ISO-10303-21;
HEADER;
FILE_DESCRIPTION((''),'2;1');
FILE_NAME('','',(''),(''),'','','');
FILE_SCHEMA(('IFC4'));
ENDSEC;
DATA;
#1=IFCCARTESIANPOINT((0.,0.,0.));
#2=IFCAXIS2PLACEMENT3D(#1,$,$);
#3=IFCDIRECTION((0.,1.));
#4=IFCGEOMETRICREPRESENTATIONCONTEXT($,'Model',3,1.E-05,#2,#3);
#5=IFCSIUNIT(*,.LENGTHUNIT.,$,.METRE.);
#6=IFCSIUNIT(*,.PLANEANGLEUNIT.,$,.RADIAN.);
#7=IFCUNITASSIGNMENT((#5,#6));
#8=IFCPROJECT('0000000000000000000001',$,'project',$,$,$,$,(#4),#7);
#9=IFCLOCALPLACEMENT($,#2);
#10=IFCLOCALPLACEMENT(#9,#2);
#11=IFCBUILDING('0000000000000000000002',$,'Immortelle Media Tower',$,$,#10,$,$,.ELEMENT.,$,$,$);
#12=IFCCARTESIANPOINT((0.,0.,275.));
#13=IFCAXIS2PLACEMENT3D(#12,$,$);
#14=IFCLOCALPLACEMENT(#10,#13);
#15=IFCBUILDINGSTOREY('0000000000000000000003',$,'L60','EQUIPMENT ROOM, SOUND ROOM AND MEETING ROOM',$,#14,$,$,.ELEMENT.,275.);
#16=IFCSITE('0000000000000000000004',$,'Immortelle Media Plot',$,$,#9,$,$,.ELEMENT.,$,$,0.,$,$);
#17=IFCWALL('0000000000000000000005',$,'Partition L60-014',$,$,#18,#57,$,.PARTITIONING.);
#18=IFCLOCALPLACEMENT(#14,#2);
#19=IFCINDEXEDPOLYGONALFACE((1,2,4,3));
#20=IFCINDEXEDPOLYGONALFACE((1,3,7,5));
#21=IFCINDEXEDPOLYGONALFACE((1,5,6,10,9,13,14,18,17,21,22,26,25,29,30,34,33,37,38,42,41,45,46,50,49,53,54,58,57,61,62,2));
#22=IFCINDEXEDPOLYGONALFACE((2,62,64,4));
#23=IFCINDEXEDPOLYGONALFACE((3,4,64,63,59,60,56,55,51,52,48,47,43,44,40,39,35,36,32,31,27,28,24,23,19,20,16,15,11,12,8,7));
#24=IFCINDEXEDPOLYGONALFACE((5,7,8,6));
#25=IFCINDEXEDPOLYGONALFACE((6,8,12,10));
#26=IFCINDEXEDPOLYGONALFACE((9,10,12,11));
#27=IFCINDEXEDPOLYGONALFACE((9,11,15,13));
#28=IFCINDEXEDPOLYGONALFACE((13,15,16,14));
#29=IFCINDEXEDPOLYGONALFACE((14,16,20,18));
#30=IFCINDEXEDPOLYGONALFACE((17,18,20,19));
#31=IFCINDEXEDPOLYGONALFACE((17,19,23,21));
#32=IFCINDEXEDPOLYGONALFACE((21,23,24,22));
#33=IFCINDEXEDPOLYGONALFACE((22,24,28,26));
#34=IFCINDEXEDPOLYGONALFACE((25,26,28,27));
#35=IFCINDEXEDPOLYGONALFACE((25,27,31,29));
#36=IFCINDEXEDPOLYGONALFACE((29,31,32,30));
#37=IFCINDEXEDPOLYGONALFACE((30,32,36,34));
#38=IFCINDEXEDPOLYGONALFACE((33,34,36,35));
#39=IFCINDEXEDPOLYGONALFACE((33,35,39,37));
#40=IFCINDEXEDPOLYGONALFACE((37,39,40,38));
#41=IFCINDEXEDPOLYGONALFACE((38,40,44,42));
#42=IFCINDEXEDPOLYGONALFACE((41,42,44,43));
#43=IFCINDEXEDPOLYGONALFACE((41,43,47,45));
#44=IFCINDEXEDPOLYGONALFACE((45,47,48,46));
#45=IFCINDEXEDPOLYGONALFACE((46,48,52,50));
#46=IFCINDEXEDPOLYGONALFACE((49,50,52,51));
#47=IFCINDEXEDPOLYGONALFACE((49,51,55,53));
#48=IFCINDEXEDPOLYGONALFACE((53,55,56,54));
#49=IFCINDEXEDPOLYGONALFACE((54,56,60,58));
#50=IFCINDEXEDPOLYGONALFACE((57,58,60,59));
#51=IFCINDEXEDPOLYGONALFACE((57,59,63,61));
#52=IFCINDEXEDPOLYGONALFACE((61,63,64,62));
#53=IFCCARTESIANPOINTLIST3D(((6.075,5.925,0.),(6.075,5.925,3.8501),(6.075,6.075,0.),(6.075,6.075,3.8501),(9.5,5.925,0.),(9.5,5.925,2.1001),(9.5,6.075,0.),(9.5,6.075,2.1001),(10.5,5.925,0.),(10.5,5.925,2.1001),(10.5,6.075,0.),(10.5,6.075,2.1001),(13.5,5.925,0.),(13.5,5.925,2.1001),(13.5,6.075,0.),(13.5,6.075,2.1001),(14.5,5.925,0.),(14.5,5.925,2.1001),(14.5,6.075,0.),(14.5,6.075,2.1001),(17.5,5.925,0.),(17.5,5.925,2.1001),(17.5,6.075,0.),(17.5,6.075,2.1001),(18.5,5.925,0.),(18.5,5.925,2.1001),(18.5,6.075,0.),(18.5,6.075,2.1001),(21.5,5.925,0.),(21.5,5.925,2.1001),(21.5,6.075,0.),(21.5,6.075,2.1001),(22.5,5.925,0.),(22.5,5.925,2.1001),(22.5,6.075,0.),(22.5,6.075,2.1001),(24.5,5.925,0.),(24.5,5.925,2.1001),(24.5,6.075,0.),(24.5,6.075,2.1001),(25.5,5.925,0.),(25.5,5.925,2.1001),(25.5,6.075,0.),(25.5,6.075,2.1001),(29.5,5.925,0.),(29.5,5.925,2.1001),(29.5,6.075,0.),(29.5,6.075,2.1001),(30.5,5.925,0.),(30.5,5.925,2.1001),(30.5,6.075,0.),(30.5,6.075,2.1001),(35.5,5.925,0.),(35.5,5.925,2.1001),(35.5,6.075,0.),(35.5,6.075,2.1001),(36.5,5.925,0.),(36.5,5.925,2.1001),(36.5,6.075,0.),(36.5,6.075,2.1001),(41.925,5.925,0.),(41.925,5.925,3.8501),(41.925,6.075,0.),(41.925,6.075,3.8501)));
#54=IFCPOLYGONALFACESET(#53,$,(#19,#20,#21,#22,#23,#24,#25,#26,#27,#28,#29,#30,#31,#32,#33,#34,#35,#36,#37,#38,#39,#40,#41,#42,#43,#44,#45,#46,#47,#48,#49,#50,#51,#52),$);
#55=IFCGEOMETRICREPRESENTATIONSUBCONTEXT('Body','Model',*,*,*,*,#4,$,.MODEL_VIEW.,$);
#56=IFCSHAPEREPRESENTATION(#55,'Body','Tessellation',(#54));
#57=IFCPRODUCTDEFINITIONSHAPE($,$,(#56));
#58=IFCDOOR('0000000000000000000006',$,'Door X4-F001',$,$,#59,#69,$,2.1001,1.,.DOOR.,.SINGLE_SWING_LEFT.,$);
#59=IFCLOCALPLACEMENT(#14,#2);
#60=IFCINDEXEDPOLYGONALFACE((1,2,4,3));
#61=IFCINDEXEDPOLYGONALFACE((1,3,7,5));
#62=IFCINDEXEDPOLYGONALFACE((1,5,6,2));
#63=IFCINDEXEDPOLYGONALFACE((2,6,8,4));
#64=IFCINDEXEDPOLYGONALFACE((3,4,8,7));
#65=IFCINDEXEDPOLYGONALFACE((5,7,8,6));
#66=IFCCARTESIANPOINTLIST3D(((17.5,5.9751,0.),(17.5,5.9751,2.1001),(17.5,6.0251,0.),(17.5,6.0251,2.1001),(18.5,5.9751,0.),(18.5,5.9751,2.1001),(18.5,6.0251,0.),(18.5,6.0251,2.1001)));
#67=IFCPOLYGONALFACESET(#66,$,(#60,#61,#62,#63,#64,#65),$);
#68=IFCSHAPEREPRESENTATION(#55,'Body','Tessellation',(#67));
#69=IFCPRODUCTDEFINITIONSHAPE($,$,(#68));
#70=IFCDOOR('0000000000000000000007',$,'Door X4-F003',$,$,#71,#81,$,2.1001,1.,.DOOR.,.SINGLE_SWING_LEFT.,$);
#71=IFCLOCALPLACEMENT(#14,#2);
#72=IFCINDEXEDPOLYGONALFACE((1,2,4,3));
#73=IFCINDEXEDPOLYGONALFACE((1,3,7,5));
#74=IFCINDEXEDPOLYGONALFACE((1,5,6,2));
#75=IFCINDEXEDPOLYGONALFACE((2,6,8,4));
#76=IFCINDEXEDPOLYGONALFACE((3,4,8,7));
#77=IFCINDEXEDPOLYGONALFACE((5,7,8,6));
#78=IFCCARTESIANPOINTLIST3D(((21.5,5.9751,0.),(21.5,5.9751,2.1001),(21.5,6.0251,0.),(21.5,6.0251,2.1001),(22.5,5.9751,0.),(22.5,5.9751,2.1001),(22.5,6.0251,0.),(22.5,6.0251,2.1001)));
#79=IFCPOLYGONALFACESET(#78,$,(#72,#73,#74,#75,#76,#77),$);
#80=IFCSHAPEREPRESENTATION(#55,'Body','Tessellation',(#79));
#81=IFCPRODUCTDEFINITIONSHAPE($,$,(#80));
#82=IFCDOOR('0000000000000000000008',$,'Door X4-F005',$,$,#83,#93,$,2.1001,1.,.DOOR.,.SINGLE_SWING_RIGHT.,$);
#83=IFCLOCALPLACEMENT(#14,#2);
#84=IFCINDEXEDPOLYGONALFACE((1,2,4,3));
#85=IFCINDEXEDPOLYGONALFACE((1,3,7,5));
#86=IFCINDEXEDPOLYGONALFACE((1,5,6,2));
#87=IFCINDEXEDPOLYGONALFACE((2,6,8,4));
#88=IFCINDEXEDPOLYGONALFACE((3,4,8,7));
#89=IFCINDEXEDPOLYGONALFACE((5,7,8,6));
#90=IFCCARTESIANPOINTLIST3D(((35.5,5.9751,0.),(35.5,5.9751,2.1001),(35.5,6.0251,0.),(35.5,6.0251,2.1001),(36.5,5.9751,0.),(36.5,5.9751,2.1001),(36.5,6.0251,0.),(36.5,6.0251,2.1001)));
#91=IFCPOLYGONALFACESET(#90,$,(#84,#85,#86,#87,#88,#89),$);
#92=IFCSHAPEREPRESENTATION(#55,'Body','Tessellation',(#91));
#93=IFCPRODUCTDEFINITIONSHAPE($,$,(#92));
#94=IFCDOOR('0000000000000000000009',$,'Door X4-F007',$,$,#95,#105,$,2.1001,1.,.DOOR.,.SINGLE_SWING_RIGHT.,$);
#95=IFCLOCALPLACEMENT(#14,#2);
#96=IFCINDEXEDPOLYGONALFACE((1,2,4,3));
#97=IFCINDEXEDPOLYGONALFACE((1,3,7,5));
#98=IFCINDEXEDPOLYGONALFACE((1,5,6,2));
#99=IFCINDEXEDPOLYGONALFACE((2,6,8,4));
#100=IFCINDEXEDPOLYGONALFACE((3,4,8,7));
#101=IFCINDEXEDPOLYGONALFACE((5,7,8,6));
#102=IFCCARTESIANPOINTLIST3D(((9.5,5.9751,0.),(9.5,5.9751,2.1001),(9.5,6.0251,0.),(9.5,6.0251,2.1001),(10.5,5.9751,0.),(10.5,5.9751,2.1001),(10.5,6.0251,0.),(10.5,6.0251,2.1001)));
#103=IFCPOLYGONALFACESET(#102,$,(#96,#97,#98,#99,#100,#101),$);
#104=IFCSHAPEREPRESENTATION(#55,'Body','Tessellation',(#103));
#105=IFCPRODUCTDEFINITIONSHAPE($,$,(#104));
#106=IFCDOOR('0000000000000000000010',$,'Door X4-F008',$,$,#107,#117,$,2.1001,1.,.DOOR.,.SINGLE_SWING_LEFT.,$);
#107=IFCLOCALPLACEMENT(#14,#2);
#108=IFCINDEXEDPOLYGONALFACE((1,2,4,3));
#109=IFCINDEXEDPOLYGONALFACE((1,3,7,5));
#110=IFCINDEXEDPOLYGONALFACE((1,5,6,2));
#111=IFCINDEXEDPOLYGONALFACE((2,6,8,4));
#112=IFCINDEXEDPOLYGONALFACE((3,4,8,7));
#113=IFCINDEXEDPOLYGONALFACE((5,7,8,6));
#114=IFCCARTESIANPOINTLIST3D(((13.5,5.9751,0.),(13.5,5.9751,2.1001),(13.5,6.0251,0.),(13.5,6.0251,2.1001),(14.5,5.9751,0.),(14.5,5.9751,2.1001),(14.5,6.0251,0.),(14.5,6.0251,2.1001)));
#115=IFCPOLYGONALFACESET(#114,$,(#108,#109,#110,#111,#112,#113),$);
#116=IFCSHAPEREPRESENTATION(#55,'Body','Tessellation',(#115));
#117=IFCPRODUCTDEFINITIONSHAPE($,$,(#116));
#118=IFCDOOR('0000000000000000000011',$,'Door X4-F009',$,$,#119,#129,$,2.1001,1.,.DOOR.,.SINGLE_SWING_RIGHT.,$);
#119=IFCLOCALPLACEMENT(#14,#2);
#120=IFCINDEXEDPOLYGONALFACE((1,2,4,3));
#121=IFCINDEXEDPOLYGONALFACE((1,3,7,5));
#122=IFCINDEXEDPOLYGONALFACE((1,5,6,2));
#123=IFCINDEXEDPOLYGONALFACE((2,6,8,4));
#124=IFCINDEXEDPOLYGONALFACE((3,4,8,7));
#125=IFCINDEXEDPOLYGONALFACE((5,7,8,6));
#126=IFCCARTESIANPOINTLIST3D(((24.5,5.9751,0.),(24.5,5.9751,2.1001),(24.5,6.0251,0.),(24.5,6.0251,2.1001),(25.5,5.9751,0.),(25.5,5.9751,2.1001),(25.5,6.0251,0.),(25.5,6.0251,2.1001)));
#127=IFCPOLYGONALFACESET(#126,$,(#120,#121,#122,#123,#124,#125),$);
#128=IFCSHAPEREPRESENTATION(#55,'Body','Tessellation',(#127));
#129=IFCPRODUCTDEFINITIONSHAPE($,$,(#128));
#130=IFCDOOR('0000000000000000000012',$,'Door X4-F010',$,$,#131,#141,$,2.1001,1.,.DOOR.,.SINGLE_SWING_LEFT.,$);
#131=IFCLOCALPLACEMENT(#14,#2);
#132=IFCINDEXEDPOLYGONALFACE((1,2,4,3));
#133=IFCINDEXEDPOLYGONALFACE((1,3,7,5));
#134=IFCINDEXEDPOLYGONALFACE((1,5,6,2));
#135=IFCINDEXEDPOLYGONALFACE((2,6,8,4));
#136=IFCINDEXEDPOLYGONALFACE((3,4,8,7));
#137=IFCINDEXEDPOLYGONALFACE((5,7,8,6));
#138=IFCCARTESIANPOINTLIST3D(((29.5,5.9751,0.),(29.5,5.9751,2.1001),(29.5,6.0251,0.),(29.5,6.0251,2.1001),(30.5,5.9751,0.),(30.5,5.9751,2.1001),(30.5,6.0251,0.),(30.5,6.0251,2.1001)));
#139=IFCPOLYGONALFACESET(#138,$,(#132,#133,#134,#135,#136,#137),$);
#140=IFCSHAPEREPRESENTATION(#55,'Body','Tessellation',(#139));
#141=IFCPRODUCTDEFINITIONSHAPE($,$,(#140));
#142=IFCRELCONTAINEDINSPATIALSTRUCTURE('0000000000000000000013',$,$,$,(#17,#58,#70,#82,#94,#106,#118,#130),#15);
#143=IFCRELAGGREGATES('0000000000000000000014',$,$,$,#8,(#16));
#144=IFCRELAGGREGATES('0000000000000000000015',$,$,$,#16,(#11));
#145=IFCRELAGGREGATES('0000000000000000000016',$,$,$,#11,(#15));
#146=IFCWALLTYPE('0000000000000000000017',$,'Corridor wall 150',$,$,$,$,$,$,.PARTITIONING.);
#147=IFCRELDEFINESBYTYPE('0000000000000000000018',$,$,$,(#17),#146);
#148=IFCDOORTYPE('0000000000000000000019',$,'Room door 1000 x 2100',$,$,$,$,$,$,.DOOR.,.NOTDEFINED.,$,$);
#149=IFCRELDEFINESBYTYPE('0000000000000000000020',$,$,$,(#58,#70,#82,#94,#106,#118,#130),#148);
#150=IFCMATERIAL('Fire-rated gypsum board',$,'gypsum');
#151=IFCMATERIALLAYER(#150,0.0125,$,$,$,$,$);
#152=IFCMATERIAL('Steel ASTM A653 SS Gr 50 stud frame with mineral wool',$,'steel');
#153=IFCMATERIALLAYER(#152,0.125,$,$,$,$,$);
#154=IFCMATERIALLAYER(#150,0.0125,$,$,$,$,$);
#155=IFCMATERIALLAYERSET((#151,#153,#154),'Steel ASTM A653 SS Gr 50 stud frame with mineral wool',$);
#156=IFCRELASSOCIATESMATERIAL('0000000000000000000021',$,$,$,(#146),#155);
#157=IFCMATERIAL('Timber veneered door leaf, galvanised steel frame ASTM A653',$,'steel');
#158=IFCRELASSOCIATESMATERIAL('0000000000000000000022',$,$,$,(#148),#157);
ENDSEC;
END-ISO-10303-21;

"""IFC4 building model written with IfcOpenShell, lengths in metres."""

from ifc_helpers import new_model, si_unit, direction, frame, frame_2d, origin, place, context, subcontext, project, spatial, rectangle, extrude, material, layer, layer_set, type_object, element, fill, save


model = new_model("IFC4")

# Units and contexts
model_context = context("Model", 3, precision=1e-05, world=origin(), true_north=direction((0.0, 1.0)))
body_context = subcontext(model_context, "Body", "Model", "MODEL_VIEW")
ifc_project = project(units=[si_unit("LENGTHUNIT", "METRE"), si_unit("PLANEANGLEUNIT", "RADIAN")], contexts=[model_context])

# Site, building, storey
site_placement = place(None, origin())
site = spatial("IfcSite", under=ifc_project, at=site_placement, Name="Immortelle Media Plot", CompositionType="ELEMENT", RefElevation=0.0)
building_placement = place(site_placement, origin())
building = spatial("IfcBuilding", under=site, at=building_placement, Name="Immortelle Media Tower", CompositionType="ELEMENT")
storey_placement = place(building_placement, frame((0.0, 0.0, 275.0)))
storey = spatial("IfcBuildingStorey", under=building, at=storey_placement, Name="L60", Description="EQUIPMENT ROOM, SOUND ROOM AND MEETING ROOM", CompositionType="ELEMENT", Elevation=275.0)

# Wall, openings, doors
ifc_material_1 = material(Name="Fire-rated gypsum board", Category="gypsum")
ifc_layer_1 = layer(ifc_material_1, 0.0125)
ifc_material_2 = material(Name="Steel ASTM A653 SS Gr 50 stud frame with mineral wool", Category="steel")
ifc_layer_2 = layer(ifc_material_2, 0.125)
ifc_layer_3 = layer(ifc_material_1, 0.0125)
ifc_layer_set_1 = layer_set([ifc_layer_1, ifc_layer_2, ifc_layer_3], Name="Steel ASTM A653 SS Gr 50 stud frame with mineral wool")
wall_type_1 = type_object("IfcWallType", Name="Corridor wall 150", PredefinedType="PARTITIONING", material=ifc_layer_set_1)
wall_1_placement = place(storey_placement, frame((6.075, 6.0, 0.0), z_axis=(0.0, 0.0, 1.0), x_axis=(1.0, 0.0, 0.0)))
wall_1 = element("IfcWall", 1, at=wall_1_placement, inside=storey, type_object=wall_type_1, Name="Partition L60-014", PredefinedType="PARTITIONING", context=body_context, shape_type="SweptSolid", body=[
    extrude(rectangle(XDim=35.8501, YDim=0.1499, at=frame_2d((17.925, 0.0))), origin(), (0.0, 0.0, 1.0), 3.8501),
])
opening_1_placement = place(wall_1_placement, frame((12.425, 0.0, 0.0), z_axis=(0.0, 0.0, 1.0), x_axis=(-1.0, 0.0, 0.0)))
opening_1 = element("IfcOpeningElement", 2, at=opening_1_placement, cuts=wall_1, PredefinedType="OPENING", context=body_context, shape_type="SweptSolid", body=[
    extrude(rectangle(XDim=1.0, YDim=2.1001, at=frame_2d((0.5, 1.05))), frame((0.0, 0.085, 0.0), z_axis=(0.0, -1.0, 0.0), x_axis=(1.0, 0.0, 0.0)), (0.0, 0.0, 1.0), 0.1699),
])
opening_2_placement = place(wall_1_placement, frame((16.425, 0.0, 0.0), z_axis=(0.0, 0.0, 1.0), x_axis=(-1.0, 0.0, 0.0)))
opening_2 = element("IfcOpeningElement", 3, at=opening_2_placement, cuts=wall_1, PredefinedType="OPENING", context=body_context, shape_type="SweptSolid", body=[
    extrude(rectangle(XDim=1.0, YDim=2.1001, at=frame_2d((0.5, 1.05))), frame((0.0, 0.085, 0.0), z_axis=(0.0, -1.0, 0.0), x_axis=(1.0, 0.0, 0.0)), (0.0, 0.0, 1.0), 0.1699),
])
opening_3_placement = place(wall_1_placement, frame((30.425, 0.0, 0.0), z_axis=(0.0, 0.0, 1.0), x_axis=(-1.0, 0.0, 0.0)))
opening_3 = element("IfcOpeningElement", 4, at=opening_3_placement, cuts=wall_1, PredefinedType="OPENING", context=body_context, shape_type="SweptSolid", body=[
    extrude(rectangle(XDim=1.0, YDim=2.1001, at=frame_2d((0.5, 1.05))), frame((0.0, 0.085, 0.0), z_axis=(0.0, -1.0, 0.0), x_axis=(1.0, 0.0, 0.0)), (0.0, 0.0, 1.0), 0.1699),
])
opening_4_placement = place(wall_1_placement, frame((4.425, 0.0, 0.0), z_axis=(0.0, 0.0, 1.0), x_axis=(-1.0, 0.0, 0.0)))
opening_4 = element("IfcOpeningElement", 5, at=opening_4_placement, cuts=wall_1, PredefinedType="OPENING", context=body_context, shape_type="SweptSolid", body=[
    extrude(rectangle(XDim=1.0, YDim=2.1001, at=frame_2d((0.5, 1.05))), frame((0.0, 0.085, 0.0), z_axis=(0.0, -1.0, 0.0), x_axis=(1.0, 0.0, 0.0)), (0.0, 0.0, 1.0), 0.1699),
])
opening_5_placement = place(wall_1_placement, frame((8.425, 0.0, 0.0), z_axis=(0.0, 0.0, 1.0), x_axis=(-1.0, 0.0, 0.0)))
opening_5 = element("IfcOpeningElement", 6, at=opening_5_placement, cuts=wall_1, PredefinedType="OPENING", context=body_context, shape_type="SweptSolid", body=[
    extrude(rectangle(XDim=1.0, YDim=2.1001, at=frame_2d((0.5, 1.05))), frame((0.0, 0.085, 0.0), z_axis=(0.0, -1.0, 0.0), x_axis=(1.0, 0.0, 0.0)), (0.0, 0.0, 1.0), 0.1699),
])
opening_6_placement = place(wall_1_placement, frame((19.425, 0.0, 0.0), z_axis=(0.0, 0.0, 1.0), x_axis=(-1.0, 0.0, 0.0)))
opening_6 = element("IfcOpeningElement", 7, at=opening_6_placement, cuts=wall_1, PredefinedType="OPENING", context=body_context, shape_type="SweptSolid", body=[
    extrude(rectangle(XDim=1.0, YDim=2.1001, at=frame_2d((0.5, 1.05))), frame((0.0, 0.085, 0.0), z_axis=(0.0, -1.0, 0.0), x_axis=(1.0, 0.0, 0.0)), (0.0, 0.0, 1.0), 0.1699),
])
opening_7_placement = place(wall_1_placement, frame((24.425, 0.0, 0.0), z_axis=(0.0, 0.0, 1.0), x_axis=(-1.0, 0.0, 0.0)))
opening_7 = element("IfcOpeningElement", 8, at=opening_7_placement, cuts=wall_1, PredefinedType="OPENING", context=body_context, shape_type="SweptSolid", body=[
    extrude(rectangle(XDim=1.0, YDim=2.1001, at=frame_2d((0.5, 1.05))), frame((0.0, 0.085, 0.0), z_axis=(0.0, -1.0, 0.0), x_axis=(1.0, 0.0, 0.0)), (0.0, 0.0, 1.0), 0.1699),
])
ifc_material_3 = material(Name="Timber veneered door leaf, galvanised steel frame ASTM A653", Category="steel")
door_type = type_object("IfcDoorType", Name="Room door 1000 x 2100", OperationType="NOTDEFINED", PredefinedType="DOOR", material=ifc_material_3)
door_1_placement = place(opening_1_placement, origin())
door_1 = element("IfcDoor", 9, at=door_1_placement, inside=storey, type_object=door_type, Name="Door X4-F001", OperationType="SINGLE_SWING_LEFT", OverallHeight=2.1001, OverallWidth=1.0, PredefinedType="DOOR", context=body_context, shape_type="SweptSolid", body=[
    extrude(rectangle(XDim=1.0, YDim=2.1001, at=frame_2d((0.5, 1.05))), frame((0.0, 0.0249, 0.0), z_axis=(0.0, -1.0, 0.0), x_axis=(1.0, 0.0, 0.0)), (0.0, 0.0, 1.0), 0.05),
])
fill(opening_1, door_1)
door_2_placement = place(opening_2_placement, origin())
door_2 = element("IfcDoor", 10, at=door_2_placement, inside=storey, type_object=door_type, Name="Door X4-F003", OperationType="SINGLE_SWING_LEFT", OverallHeight=2.1001, OverallWidth=1.0, PredefinedType="DOOR", context=body_context, shape_type="SweptSolid", body=[
    extrude(rectangle(XDim=1.0, YDim=2.1001, at=frame_2d((0.5, 1.05))), frame((0.0, 0.0249, 0.0), z_axis=(0.0, -1.0, 0.0), x_axis=(1.0, 0.0, 0.0)), (0.0, 0.0, 1.0), 0.05),
])
fill(opening_2, door_2)
door_3_placement = place(opening_3_placement, origin())
door_3 = element("IfcDoor", 11, at=door_3_placement, inside=storey, type_object=door_type, Name="Door X4-F005", OperationType="SINGLE_SWING_RIGHT", OverallHeight=2.1001, OverallWidth=1.0, PredefinedType="DOOR", context=body_context, shape_type="SweptSolid", body=[
    extrude(rectangle(XDim=1.0, YDim=2.1001, at=frame_2d((0.5, 1.05))), frame((0.0, 0.0249, 0.0), z_axis=(0.0, -1.0, 0.0), x_axis=(1.0, 0.0, 0.0)), (0.0, 0.0, 1.0), 0.05),
])
fill(opening_3, door_3)
door_4_placement = place(opening_4_placement, origin())
door_4 = element("IfcDoor", 12, at=door_4_placement, inside=storey, type_object=door_type, Name="Door X4-F007", OperationType="SINGLE_SWING_RIGHT", OverallHeight=2.1001, OverallWidth=1.0, PredefinedType="DOOR", context=body_context, shape_type="SweptSolid", body=[
    extrude(rectangle(XDim=1.0, YDim=2.1001, at=frame_2d((0.5, 1.05))), frame((0.0, 0.0249, 0.0), z_axis=(0.0, -1.0, 0.0), x_axis=(1.0, 0.0, 0.0)), (0.0, 0.0, 1.0), 0.05),
])
fill(opening_4, door_4)
door_5_placement = place(opening_5_placement, origin())
door_5 = element("IfcDoor", 13, at=door_5_placement, inside=storey, type_object=door_type, Name="Door X4-F008", OperationType="SINGLE_SWING_LEFT", OverallHeight=2.1001, OverallWidth=1.0, PredefinedType="DOOR", context=body_context, shape_type="SweptSolid", body=[
    extrude(rectangle(XDim=1.0, YDim=2.1001, at=frame_2d((0.5, 1.05))), frame((0.0, 0.0249, 0.0), z_axis=(0.0, -1.0, 0.0), x_axis=(1.0, 0.0, 0.0)), (0.0, 0.0, 1.0), 0.05),
])
fill(opening_5, door_5)
door_6_placement = place(opening_6_placement, origin())
door_6 = element("IfcDoor", 14, at=door_6_placement, inside=storey, type_object=door_type, Name="Door X4-F009", OperationType="SINGLE_SWING_RIGHT", OverallHeight=2.1001, OverallWidth=1.0, PredefinedType="DOOR", context=body_context, shape_type="SweptSolid", body=[
    extrude(rectangle(XDim=1.0, YDim=2.1001, at=frame_2d((0.5, 1.05))), frame((0.0, 0.0249, 0.0), z_axis=(0.0, -1.0, 0.0), x_axis=(1.0, 0.0, 0.0)), (0.0, 0.0, 1.0), 0.05),
])
fill(opening_6, door_6)
door_7_placement = place(opening_7_placement, origin())
door_7 = element("IfcDoor", 15, at=door_7_placement, inside=storey, type_object=door_type, Name="Door X4-F010", OperationType="SINGLE_SWING_LEFT", OverallHeight=2.1001, OverallWidth=1.0, PredefinedType="DOOR", context=body_context, shape_type="SweptSolid", body=[
    extrude(rectangle(XDim=1.0, YDim=2.1001, at=frame_2d((0.5, 1.05))), frame((0.0, 0.0249, 0.0), z_axis=(0.0, -1.0, 0.0), x_axis=(1.0, 0.0, 0.0)), (0.0, 0.0, 1.0), 0.05),
])
fill(opening_7, door_7)

save(model, "model.ifc")
